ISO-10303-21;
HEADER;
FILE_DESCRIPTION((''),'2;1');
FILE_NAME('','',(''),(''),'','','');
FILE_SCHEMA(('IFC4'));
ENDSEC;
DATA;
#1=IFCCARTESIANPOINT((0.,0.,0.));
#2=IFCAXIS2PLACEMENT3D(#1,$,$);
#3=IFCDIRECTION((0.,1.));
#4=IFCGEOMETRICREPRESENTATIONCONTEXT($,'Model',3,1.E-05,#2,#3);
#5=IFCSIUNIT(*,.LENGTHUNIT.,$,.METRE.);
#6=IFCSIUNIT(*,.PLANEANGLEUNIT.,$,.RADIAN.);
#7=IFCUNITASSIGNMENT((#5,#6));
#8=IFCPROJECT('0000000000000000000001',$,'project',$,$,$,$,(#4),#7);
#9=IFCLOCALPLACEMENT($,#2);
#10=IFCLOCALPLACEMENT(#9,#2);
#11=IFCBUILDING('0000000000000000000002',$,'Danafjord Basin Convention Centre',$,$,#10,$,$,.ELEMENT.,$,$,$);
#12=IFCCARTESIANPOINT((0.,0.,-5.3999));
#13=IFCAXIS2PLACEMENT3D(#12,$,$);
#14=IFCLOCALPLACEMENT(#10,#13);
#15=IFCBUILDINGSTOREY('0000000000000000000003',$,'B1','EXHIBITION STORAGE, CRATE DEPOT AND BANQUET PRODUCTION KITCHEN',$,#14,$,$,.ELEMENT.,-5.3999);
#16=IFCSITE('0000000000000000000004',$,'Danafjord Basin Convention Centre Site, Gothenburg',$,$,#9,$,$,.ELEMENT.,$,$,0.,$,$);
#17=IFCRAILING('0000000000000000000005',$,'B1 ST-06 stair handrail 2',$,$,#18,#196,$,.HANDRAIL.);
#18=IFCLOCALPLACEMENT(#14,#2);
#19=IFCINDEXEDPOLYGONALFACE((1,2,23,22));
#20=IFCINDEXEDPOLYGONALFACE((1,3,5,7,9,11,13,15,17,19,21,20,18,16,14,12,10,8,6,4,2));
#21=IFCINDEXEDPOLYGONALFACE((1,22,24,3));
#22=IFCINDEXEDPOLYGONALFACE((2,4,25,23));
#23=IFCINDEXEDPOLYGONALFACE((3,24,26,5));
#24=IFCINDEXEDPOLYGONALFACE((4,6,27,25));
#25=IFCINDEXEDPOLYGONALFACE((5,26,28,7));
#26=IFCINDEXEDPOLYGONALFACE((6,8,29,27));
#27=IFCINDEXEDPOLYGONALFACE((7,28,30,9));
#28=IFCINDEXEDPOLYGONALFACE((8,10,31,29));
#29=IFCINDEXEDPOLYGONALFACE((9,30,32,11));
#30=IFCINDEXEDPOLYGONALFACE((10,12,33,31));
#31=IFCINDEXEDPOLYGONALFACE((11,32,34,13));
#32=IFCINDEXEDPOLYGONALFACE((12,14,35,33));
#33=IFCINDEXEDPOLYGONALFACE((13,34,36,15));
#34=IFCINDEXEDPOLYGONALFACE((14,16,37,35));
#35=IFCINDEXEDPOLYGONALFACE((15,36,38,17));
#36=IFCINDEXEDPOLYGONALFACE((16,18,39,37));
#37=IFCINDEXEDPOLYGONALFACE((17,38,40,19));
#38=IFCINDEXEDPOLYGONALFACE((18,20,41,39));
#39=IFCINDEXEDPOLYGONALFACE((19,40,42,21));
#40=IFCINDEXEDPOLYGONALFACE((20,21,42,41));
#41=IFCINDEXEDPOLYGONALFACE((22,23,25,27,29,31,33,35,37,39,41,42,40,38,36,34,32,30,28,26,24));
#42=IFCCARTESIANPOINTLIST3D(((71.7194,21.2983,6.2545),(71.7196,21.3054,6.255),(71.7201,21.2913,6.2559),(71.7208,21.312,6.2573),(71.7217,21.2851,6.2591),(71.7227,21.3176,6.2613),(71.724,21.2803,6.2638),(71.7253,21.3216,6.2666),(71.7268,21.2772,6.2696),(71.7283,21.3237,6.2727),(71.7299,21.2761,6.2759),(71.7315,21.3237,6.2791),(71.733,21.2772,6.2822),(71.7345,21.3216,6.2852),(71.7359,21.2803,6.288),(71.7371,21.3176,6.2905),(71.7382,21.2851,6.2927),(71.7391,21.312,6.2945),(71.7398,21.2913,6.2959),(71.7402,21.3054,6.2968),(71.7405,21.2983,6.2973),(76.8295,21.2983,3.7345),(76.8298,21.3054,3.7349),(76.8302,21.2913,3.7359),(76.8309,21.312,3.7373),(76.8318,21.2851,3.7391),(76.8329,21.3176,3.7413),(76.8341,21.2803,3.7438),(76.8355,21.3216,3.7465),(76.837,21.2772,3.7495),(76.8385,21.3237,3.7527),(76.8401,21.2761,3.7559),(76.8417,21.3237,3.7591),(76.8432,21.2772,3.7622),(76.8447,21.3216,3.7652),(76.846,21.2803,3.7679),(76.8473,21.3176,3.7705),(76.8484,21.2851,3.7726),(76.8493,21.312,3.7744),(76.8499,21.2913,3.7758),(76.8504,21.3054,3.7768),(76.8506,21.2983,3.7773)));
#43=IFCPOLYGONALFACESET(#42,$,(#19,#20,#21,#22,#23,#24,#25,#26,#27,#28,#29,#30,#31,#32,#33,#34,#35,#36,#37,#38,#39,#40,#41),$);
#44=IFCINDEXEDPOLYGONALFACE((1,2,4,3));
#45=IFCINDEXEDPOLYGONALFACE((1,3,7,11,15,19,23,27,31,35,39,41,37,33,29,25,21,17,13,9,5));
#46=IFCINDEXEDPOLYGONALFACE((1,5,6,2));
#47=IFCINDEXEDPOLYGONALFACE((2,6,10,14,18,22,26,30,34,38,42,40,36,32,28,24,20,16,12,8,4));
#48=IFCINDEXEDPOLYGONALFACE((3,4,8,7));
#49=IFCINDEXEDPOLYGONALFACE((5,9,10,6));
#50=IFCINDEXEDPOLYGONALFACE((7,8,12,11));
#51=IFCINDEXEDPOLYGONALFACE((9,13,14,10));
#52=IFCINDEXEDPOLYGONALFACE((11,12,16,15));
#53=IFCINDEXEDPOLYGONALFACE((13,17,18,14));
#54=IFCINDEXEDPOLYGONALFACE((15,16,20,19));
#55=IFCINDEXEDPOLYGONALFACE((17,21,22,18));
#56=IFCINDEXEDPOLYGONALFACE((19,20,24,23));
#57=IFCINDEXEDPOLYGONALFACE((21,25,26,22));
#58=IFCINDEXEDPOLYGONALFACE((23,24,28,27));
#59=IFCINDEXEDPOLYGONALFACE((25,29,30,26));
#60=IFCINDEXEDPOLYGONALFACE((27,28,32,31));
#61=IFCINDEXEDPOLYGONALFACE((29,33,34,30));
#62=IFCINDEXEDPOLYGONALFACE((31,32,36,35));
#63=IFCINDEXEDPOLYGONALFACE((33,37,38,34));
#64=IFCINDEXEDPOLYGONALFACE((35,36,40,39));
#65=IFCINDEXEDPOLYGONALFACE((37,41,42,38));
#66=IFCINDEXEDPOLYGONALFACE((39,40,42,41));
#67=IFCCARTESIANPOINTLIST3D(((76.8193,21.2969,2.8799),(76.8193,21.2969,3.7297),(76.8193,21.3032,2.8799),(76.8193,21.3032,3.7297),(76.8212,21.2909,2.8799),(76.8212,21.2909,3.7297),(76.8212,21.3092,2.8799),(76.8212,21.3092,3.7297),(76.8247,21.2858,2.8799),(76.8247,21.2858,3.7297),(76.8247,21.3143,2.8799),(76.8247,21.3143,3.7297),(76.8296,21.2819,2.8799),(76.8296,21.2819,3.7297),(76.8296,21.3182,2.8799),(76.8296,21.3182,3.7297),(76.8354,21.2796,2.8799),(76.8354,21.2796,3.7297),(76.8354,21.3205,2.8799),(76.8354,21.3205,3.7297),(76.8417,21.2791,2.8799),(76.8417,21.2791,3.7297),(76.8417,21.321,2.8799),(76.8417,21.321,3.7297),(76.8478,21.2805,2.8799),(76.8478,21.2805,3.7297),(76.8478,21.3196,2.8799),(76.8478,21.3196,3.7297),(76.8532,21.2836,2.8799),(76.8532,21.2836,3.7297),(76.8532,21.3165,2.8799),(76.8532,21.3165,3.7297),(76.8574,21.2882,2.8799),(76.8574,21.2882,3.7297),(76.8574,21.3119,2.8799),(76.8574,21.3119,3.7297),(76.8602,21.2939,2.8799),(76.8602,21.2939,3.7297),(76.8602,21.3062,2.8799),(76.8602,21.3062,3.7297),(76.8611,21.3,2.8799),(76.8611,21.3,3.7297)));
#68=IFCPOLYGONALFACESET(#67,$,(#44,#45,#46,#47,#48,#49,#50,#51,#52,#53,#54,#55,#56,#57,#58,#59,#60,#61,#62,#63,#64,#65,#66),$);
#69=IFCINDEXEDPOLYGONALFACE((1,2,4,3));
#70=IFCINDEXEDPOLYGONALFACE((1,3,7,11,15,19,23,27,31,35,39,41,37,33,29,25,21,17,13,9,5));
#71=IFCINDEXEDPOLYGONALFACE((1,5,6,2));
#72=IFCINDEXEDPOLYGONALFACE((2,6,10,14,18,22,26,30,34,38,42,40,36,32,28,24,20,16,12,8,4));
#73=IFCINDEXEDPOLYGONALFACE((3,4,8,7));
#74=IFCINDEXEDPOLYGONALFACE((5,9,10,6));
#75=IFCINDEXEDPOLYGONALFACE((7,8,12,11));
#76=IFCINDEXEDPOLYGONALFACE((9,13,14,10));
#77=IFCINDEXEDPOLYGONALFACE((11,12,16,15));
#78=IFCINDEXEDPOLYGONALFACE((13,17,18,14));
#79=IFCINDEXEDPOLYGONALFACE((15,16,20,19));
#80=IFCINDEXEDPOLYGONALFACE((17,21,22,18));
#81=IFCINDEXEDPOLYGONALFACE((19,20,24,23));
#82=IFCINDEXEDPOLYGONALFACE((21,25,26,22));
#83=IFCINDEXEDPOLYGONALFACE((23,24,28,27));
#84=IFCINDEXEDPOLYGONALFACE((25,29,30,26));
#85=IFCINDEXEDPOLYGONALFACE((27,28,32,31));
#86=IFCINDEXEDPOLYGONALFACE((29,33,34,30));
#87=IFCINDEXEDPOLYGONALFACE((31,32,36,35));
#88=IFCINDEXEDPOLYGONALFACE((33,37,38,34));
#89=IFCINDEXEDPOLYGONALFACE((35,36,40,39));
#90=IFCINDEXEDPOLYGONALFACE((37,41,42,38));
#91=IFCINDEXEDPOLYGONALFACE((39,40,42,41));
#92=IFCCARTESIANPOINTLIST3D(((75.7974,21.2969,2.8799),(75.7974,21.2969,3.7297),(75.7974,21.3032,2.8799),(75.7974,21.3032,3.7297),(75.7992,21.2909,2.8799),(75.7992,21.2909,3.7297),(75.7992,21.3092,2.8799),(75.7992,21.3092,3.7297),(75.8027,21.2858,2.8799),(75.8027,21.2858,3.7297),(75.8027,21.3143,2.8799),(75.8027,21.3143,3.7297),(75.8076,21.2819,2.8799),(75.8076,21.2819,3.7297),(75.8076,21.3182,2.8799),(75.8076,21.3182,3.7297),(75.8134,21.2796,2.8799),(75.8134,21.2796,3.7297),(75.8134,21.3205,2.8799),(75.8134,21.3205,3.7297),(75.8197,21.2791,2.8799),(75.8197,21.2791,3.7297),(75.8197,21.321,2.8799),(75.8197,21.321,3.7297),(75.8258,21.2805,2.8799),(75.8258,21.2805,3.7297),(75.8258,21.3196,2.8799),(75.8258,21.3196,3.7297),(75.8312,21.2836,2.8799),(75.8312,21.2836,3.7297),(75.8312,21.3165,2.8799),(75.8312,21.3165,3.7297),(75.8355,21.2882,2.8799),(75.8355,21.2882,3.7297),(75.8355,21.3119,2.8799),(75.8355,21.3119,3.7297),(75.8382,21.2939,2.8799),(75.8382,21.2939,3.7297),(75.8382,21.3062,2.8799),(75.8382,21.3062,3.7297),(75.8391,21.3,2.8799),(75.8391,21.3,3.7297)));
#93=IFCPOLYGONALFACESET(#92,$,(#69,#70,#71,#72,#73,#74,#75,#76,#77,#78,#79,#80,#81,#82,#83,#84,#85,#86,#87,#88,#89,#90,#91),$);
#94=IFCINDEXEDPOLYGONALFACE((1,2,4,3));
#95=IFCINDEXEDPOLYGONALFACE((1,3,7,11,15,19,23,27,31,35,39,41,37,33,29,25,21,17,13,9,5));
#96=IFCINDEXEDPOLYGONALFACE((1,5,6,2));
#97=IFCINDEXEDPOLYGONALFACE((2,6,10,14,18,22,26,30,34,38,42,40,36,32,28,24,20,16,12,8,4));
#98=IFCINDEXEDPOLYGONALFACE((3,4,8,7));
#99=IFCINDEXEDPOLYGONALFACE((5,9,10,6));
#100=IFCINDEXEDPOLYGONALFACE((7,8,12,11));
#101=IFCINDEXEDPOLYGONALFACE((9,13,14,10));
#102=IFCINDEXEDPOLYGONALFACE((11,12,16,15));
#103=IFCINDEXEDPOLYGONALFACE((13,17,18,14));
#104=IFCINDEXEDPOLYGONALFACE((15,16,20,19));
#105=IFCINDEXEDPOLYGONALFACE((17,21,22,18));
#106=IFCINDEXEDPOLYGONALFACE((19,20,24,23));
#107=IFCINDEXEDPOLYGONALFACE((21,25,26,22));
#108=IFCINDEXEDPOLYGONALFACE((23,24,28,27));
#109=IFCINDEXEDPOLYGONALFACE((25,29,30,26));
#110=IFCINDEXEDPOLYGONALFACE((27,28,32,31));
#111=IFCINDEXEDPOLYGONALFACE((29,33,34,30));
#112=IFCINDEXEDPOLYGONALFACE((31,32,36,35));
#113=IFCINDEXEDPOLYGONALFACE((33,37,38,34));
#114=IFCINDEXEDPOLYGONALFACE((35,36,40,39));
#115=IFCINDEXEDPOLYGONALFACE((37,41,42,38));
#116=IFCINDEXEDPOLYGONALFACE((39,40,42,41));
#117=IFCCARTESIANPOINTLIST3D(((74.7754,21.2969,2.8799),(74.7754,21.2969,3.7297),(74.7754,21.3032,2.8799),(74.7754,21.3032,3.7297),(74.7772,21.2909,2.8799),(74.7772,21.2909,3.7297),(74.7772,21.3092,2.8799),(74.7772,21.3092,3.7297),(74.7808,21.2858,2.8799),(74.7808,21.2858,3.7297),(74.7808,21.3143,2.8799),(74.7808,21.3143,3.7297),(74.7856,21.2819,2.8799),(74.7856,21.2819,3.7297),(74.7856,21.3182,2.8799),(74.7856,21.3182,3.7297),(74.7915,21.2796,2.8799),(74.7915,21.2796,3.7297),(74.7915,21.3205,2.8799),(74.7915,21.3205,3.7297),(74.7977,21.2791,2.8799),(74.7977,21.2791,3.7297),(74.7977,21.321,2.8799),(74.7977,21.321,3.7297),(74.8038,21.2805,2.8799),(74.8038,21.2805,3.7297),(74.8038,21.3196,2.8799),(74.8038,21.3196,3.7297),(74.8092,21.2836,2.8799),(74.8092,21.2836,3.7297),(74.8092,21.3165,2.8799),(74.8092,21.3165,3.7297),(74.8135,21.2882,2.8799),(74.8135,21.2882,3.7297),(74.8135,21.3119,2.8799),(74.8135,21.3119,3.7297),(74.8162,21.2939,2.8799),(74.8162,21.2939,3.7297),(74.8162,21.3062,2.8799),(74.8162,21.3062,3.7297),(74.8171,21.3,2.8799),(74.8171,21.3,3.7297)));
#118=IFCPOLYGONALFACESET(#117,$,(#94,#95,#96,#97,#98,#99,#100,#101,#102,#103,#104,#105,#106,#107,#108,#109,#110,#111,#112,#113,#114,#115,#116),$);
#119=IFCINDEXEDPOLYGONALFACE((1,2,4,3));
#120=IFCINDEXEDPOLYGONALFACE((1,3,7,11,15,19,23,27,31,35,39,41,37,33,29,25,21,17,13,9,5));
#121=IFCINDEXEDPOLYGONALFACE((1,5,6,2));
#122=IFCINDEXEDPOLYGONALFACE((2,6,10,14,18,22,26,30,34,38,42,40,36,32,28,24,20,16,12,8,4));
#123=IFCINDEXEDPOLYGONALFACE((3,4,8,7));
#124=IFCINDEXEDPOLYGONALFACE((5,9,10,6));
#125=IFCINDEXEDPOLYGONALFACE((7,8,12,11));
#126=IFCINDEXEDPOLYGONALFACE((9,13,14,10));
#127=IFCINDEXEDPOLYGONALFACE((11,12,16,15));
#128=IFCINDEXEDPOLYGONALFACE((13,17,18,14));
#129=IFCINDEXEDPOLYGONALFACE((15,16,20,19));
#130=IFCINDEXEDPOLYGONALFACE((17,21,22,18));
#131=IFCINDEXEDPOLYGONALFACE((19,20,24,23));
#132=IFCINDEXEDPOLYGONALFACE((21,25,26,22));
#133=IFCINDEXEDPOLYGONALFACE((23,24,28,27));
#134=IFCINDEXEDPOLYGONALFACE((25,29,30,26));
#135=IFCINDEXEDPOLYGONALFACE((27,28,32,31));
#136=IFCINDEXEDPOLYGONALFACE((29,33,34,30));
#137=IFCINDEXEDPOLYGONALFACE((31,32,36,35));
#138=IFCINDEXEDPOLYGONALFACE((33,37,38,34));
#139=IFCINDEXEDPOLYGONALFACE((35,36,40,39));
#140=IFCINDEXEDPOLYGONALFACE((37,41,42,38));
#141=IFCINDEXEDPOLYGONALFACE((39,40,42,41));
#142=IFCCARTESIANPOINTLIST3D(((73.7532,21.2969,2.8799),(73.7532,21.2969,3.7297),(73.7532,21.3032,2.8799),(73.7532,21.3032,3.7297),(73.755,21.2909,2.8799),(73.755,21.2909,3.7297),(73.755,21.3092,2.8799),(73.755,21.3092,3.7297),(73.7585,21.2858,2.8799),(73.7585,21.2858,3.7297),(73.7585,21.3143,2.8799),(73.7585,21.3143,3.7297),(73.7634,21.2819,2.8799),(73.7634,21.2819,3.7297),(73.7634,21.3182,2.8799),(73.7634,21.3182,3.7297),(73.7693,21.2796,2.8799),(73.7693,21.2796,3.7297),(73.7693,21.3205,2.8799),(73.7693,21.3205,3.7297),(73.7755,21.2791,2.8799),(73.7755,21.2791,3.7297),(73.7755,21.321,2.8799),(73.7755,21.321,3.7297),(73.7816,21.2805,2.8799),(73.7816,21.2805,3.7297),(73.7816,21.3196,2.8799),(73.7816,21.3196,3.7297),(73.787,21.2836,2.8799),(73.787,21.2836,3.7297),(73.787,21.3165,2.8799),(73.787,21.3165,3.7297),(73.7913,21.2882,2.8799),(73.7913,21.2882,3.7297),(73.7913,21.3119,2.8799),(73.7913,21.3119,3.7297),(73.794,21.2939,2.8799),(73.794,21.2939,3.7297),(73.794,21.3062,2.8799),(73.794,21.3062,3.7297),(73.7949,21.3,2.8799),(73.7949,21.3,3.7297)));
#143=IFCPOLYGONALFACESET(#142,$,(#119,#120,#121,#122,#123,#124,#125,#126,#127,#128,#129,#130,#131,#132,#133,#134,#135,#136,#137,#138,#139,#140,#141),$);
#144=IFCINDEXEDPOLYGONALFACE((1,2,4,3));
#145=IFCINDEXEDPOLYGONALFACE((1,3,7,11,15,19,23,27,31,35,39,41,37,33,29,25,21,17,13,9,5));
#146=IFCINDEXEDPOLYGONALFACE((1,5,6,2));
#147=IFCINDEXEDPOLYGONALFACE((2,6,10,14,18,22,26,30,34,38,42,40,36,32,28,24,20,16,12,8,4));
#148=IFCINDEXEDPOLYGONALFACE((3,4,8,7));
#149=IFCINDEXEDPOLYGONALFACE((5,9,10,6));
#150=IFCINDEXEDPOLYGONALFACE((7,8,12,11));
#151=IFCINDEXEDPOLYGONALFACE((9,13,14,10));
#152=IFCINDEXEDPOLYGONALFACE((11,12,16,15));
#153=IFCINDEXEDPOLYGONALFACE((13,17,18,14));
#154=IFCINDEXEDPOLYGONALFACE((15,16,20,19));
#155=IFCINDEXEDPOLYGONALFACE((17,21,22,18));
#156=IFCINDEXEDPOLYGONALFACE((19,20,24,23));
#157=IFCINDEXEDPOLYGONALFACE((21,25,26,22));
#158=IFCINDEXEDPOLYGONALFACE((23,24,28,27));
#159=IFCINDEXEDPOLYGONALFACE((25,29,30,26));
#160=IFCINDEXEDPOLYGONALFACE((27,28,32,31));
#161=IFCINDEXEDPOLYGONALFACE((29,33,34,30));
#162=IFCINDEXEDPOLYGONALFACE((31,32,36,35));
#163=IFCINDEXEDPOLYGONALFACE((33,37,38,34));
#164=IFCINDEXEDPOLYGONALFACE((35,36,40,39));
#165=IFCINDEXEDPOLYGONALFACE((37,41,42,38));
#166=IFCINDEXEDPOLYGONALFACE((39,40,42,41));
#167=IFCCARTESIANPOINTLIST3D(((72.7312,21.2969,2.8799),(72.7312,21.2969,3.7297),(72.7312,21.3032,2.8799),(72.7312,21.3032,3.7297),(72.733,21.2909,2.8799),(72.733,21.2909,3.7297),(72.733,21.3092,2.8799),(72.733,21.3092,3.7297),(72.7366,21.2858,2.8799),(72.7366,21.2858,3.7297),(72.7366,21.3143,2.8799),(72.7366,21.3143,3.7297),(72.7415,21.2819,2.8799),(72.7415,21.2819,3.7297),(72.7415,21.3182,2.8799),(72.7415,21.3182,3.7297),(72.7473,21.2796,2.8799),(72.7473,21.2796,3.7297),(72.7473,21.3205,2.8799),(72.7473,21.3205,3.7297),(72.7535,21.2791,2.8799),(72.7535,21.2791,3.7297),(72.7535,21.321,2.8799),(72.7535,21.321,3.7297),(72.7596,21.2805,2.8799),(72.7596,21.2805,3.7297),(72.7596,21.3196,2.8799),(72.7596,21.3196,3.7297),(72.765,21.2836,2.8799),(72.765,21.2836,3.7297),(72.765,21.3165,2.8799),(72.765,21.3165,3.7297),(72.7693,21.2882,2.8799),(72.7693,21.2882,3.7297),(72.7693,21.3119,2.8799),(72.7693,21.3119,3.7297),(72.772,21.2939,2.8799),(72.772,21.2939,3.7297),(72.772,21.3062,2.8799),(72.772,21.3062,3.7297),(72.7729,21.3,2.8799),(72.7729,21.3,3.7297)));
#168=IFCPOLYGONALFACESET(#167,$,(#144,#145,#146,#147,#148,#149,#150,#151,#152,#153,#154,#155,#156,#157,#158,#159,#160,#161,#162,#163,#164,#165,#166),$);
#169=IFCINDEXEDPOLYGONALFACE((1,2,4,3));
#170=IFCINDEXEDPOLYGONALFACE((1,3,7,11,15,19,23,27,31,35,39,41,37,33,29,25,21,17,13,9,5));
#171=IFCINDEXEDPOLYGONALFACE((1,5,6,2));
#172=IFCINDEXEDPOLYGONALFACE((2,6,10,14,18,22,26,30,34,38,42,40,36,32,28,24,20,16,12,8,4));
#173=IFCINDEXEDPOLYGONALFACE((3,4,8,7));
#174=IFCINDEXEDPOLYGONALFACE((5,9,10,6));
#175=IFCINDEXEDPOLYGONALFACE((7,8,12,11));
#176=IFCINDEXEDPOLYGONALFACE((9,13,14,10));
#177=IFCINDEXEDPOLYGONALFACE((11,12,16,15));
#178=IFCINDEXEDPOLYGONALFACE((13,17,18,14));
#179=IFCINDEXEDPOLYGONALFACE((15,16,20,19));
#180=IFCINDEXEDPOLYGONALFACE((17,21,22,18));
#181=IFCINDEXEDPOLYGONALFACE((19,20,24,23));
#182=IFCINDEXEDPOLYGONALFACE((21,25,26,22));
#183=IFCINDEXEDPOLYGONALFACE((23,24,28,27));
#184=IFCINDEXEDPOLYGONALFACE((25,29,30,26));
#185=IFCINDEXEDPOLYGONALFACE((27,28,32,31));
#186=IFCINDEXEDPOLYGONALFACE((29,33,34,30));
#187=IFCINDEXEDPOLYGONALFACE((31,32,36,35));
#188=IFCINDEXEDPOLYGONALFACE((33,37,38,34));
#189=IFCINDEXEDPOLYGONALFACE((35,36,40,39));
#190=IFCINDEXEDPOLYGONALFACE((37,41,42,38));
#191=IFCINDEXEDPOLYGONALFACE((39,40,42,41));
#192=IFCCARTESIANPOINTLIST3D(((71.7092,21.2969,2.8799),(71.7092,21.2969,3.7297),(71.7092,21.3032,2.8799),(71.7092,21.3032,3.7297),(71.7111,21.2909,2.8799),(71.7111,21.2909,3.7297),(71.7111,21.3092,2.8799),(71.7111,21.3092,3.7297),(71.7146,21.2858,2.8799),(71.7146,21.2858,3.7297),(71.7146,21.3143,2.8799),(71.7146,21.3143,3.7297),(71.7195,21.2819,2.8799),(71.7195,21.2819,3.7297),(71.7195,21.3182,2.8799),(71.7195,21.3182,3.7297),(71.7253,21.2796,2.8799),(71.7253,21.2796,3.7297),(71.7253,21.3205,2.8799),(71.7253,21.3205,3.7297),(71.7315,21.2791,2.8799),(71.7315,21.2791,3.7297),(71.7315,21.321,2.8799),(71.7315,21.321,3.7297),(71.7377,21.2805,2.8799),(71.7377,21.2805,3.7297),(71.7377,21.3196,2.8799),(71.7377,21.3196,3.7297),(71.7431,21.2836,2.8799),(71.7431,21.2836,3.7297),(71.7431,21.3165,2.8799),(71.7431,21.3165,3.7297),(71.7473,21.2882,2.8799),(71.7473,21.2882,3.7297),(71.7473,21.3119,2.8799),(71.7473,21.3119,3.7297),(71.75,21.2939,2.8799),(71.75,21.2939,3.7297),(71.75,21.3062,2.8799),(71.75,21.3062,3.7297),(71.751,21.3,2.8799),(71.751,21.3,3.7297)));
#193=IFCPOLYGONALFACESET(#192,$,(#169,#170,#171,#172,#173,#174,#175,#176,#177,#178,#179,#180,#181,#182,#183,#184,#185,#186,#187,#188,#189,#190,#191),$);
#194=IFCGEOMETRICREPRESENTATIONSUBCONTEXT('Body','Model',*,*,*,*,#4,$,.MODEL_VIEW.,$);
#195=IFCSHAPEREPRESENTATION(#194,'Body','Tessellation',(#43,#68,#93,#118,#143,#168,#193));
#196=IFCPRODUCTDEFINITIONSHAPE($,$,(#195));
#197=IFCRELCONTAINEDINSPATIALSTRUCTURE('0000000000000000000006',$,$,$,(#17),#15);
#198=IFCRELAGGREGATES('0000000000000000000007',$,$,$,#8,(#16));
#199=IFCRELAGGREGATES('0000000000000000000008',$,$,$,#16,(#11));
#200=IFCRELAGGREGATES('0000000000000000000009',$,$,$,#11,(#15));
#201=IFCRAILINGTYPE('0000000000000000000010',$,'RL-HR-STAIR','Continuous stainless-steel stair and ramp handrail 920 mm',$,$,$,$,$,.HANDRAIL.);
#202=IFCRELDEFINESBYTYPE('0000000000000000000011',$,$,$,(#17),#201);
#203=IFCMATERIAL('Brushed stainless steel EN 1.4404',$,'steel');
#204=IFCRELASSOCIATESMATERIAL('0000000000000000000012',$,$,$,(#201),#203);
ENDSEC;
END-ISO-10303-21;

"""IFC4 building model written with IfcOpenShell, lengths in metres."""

from ifc_helpers import new_model, si_unit, direction, frame, origin, origin_2d, place, context, subcontext, project, spatial, circle, extrude, material, type_object, element, save


model = new_model("IFC4")

# Units and contexts
model_context = context("Model", 3, precision=1e-05, world=origin(), true_north=direction((0.0, 1.0)))
body_context = subcontext(model_context, "Body", "Model", "MODEL_VIEW")
ifc_project = project(units=[si_unit("LENGTHUNIT", "METRE"), si_unit("PLANEANGLEUNIT", "RADIAN")], contexts=[model_context])

# Site, building, storey
site_placement = place(None, origin())
site = spatial("IfcSite", under=ifc_project, at=site_placement, Name="Danafjord Basin Convention Centre Site, Gothenburg", CompositionType="ELEMENT", RefElevation=0.0)
building_placement = place(site_placement, origin())
building = spatial("IfcBuilding", under=site, at=building_placement, Name="Danafjord Basin Convention Centre", CompositionType="ELEMENT")
storey_placement = place(building_placement, frame((0.0, 0.0, -5.3999)))
storey = spatial("IfcBuildingStorey", under=building, at=storey_placement, Name="B1", Description="EXHIBITION STORAGE, CRATE DEPOT AND BANQUET PRODUCTION KITCHEN", CompositionType="ELEMENT", Elevation=-5.3999)

# Railing
ifc_material_1 = material(Name="Brushed stainless steel EN 1.4404", Category="steel")
railing_type_1 = type_object("IfcRailingType", Name="RL-HR-STAIR", Description="Continuous stainless-steel stair and ramp handrail 920 mm", PredefinedType="HANDRAIL", material=ifc_material_1)
railing_1_placement = place(storey_placement, frame((76.8401, 21.3, 2.8799)))
element("IfcRailing", 1, at=railing_1_placement, inside=storey, type_object=railing_type_1, Name="B1 ST-06 stair handrail 2", PredefinedType="HANDRAIL", context=body_context, shape_type="SweptSolid", body=[
    extrude(circle(Radius=0.0239, at=origin_2d()), frame((0.0, 0.0, 0.876), z_axis=(-0.896873, 0.0, 0.442288), x_axis=(0.0, -1.0, 0.0)), (0.0, 0.0, 1.0), 5.6978),
    extrude(circle(Radius=0.021, at=origin_2d()), origin(), (0.0, 0.0, 1.0), 0.8499),
    extrude(circle(Radius=0.021, at=origin_2d()), frame((-1.022, 0.0, 0.0)), (0.0, 0.0, 1.0), 0.8499),
    extrude(circle(Radius=0.021, at=origin_2d()), frame((-2.0439, 0.0, 0.0)), (0.0, 0.0, 1.0), 0.8499),
    extrude(circle(Radius=0.021, at=origin_2d()), frame((-3.0662, 0.0, 0.0)), (0.0, 0.0, 1.0), 0.8499),
    extrude(circle(Radius=0.021, at=origin_2d()), frame((-4.0881, 0.0, 0.0)), (0.0, 0.0, 1.0), 0.8499),
    extrude(circle(Radius=0.021, at=origin_2d()), frame((-5.1101, 0.0, 0.0)), (0.0, 0.0, 1.0), 0.8499),
])

save(model, "model.ifc")
